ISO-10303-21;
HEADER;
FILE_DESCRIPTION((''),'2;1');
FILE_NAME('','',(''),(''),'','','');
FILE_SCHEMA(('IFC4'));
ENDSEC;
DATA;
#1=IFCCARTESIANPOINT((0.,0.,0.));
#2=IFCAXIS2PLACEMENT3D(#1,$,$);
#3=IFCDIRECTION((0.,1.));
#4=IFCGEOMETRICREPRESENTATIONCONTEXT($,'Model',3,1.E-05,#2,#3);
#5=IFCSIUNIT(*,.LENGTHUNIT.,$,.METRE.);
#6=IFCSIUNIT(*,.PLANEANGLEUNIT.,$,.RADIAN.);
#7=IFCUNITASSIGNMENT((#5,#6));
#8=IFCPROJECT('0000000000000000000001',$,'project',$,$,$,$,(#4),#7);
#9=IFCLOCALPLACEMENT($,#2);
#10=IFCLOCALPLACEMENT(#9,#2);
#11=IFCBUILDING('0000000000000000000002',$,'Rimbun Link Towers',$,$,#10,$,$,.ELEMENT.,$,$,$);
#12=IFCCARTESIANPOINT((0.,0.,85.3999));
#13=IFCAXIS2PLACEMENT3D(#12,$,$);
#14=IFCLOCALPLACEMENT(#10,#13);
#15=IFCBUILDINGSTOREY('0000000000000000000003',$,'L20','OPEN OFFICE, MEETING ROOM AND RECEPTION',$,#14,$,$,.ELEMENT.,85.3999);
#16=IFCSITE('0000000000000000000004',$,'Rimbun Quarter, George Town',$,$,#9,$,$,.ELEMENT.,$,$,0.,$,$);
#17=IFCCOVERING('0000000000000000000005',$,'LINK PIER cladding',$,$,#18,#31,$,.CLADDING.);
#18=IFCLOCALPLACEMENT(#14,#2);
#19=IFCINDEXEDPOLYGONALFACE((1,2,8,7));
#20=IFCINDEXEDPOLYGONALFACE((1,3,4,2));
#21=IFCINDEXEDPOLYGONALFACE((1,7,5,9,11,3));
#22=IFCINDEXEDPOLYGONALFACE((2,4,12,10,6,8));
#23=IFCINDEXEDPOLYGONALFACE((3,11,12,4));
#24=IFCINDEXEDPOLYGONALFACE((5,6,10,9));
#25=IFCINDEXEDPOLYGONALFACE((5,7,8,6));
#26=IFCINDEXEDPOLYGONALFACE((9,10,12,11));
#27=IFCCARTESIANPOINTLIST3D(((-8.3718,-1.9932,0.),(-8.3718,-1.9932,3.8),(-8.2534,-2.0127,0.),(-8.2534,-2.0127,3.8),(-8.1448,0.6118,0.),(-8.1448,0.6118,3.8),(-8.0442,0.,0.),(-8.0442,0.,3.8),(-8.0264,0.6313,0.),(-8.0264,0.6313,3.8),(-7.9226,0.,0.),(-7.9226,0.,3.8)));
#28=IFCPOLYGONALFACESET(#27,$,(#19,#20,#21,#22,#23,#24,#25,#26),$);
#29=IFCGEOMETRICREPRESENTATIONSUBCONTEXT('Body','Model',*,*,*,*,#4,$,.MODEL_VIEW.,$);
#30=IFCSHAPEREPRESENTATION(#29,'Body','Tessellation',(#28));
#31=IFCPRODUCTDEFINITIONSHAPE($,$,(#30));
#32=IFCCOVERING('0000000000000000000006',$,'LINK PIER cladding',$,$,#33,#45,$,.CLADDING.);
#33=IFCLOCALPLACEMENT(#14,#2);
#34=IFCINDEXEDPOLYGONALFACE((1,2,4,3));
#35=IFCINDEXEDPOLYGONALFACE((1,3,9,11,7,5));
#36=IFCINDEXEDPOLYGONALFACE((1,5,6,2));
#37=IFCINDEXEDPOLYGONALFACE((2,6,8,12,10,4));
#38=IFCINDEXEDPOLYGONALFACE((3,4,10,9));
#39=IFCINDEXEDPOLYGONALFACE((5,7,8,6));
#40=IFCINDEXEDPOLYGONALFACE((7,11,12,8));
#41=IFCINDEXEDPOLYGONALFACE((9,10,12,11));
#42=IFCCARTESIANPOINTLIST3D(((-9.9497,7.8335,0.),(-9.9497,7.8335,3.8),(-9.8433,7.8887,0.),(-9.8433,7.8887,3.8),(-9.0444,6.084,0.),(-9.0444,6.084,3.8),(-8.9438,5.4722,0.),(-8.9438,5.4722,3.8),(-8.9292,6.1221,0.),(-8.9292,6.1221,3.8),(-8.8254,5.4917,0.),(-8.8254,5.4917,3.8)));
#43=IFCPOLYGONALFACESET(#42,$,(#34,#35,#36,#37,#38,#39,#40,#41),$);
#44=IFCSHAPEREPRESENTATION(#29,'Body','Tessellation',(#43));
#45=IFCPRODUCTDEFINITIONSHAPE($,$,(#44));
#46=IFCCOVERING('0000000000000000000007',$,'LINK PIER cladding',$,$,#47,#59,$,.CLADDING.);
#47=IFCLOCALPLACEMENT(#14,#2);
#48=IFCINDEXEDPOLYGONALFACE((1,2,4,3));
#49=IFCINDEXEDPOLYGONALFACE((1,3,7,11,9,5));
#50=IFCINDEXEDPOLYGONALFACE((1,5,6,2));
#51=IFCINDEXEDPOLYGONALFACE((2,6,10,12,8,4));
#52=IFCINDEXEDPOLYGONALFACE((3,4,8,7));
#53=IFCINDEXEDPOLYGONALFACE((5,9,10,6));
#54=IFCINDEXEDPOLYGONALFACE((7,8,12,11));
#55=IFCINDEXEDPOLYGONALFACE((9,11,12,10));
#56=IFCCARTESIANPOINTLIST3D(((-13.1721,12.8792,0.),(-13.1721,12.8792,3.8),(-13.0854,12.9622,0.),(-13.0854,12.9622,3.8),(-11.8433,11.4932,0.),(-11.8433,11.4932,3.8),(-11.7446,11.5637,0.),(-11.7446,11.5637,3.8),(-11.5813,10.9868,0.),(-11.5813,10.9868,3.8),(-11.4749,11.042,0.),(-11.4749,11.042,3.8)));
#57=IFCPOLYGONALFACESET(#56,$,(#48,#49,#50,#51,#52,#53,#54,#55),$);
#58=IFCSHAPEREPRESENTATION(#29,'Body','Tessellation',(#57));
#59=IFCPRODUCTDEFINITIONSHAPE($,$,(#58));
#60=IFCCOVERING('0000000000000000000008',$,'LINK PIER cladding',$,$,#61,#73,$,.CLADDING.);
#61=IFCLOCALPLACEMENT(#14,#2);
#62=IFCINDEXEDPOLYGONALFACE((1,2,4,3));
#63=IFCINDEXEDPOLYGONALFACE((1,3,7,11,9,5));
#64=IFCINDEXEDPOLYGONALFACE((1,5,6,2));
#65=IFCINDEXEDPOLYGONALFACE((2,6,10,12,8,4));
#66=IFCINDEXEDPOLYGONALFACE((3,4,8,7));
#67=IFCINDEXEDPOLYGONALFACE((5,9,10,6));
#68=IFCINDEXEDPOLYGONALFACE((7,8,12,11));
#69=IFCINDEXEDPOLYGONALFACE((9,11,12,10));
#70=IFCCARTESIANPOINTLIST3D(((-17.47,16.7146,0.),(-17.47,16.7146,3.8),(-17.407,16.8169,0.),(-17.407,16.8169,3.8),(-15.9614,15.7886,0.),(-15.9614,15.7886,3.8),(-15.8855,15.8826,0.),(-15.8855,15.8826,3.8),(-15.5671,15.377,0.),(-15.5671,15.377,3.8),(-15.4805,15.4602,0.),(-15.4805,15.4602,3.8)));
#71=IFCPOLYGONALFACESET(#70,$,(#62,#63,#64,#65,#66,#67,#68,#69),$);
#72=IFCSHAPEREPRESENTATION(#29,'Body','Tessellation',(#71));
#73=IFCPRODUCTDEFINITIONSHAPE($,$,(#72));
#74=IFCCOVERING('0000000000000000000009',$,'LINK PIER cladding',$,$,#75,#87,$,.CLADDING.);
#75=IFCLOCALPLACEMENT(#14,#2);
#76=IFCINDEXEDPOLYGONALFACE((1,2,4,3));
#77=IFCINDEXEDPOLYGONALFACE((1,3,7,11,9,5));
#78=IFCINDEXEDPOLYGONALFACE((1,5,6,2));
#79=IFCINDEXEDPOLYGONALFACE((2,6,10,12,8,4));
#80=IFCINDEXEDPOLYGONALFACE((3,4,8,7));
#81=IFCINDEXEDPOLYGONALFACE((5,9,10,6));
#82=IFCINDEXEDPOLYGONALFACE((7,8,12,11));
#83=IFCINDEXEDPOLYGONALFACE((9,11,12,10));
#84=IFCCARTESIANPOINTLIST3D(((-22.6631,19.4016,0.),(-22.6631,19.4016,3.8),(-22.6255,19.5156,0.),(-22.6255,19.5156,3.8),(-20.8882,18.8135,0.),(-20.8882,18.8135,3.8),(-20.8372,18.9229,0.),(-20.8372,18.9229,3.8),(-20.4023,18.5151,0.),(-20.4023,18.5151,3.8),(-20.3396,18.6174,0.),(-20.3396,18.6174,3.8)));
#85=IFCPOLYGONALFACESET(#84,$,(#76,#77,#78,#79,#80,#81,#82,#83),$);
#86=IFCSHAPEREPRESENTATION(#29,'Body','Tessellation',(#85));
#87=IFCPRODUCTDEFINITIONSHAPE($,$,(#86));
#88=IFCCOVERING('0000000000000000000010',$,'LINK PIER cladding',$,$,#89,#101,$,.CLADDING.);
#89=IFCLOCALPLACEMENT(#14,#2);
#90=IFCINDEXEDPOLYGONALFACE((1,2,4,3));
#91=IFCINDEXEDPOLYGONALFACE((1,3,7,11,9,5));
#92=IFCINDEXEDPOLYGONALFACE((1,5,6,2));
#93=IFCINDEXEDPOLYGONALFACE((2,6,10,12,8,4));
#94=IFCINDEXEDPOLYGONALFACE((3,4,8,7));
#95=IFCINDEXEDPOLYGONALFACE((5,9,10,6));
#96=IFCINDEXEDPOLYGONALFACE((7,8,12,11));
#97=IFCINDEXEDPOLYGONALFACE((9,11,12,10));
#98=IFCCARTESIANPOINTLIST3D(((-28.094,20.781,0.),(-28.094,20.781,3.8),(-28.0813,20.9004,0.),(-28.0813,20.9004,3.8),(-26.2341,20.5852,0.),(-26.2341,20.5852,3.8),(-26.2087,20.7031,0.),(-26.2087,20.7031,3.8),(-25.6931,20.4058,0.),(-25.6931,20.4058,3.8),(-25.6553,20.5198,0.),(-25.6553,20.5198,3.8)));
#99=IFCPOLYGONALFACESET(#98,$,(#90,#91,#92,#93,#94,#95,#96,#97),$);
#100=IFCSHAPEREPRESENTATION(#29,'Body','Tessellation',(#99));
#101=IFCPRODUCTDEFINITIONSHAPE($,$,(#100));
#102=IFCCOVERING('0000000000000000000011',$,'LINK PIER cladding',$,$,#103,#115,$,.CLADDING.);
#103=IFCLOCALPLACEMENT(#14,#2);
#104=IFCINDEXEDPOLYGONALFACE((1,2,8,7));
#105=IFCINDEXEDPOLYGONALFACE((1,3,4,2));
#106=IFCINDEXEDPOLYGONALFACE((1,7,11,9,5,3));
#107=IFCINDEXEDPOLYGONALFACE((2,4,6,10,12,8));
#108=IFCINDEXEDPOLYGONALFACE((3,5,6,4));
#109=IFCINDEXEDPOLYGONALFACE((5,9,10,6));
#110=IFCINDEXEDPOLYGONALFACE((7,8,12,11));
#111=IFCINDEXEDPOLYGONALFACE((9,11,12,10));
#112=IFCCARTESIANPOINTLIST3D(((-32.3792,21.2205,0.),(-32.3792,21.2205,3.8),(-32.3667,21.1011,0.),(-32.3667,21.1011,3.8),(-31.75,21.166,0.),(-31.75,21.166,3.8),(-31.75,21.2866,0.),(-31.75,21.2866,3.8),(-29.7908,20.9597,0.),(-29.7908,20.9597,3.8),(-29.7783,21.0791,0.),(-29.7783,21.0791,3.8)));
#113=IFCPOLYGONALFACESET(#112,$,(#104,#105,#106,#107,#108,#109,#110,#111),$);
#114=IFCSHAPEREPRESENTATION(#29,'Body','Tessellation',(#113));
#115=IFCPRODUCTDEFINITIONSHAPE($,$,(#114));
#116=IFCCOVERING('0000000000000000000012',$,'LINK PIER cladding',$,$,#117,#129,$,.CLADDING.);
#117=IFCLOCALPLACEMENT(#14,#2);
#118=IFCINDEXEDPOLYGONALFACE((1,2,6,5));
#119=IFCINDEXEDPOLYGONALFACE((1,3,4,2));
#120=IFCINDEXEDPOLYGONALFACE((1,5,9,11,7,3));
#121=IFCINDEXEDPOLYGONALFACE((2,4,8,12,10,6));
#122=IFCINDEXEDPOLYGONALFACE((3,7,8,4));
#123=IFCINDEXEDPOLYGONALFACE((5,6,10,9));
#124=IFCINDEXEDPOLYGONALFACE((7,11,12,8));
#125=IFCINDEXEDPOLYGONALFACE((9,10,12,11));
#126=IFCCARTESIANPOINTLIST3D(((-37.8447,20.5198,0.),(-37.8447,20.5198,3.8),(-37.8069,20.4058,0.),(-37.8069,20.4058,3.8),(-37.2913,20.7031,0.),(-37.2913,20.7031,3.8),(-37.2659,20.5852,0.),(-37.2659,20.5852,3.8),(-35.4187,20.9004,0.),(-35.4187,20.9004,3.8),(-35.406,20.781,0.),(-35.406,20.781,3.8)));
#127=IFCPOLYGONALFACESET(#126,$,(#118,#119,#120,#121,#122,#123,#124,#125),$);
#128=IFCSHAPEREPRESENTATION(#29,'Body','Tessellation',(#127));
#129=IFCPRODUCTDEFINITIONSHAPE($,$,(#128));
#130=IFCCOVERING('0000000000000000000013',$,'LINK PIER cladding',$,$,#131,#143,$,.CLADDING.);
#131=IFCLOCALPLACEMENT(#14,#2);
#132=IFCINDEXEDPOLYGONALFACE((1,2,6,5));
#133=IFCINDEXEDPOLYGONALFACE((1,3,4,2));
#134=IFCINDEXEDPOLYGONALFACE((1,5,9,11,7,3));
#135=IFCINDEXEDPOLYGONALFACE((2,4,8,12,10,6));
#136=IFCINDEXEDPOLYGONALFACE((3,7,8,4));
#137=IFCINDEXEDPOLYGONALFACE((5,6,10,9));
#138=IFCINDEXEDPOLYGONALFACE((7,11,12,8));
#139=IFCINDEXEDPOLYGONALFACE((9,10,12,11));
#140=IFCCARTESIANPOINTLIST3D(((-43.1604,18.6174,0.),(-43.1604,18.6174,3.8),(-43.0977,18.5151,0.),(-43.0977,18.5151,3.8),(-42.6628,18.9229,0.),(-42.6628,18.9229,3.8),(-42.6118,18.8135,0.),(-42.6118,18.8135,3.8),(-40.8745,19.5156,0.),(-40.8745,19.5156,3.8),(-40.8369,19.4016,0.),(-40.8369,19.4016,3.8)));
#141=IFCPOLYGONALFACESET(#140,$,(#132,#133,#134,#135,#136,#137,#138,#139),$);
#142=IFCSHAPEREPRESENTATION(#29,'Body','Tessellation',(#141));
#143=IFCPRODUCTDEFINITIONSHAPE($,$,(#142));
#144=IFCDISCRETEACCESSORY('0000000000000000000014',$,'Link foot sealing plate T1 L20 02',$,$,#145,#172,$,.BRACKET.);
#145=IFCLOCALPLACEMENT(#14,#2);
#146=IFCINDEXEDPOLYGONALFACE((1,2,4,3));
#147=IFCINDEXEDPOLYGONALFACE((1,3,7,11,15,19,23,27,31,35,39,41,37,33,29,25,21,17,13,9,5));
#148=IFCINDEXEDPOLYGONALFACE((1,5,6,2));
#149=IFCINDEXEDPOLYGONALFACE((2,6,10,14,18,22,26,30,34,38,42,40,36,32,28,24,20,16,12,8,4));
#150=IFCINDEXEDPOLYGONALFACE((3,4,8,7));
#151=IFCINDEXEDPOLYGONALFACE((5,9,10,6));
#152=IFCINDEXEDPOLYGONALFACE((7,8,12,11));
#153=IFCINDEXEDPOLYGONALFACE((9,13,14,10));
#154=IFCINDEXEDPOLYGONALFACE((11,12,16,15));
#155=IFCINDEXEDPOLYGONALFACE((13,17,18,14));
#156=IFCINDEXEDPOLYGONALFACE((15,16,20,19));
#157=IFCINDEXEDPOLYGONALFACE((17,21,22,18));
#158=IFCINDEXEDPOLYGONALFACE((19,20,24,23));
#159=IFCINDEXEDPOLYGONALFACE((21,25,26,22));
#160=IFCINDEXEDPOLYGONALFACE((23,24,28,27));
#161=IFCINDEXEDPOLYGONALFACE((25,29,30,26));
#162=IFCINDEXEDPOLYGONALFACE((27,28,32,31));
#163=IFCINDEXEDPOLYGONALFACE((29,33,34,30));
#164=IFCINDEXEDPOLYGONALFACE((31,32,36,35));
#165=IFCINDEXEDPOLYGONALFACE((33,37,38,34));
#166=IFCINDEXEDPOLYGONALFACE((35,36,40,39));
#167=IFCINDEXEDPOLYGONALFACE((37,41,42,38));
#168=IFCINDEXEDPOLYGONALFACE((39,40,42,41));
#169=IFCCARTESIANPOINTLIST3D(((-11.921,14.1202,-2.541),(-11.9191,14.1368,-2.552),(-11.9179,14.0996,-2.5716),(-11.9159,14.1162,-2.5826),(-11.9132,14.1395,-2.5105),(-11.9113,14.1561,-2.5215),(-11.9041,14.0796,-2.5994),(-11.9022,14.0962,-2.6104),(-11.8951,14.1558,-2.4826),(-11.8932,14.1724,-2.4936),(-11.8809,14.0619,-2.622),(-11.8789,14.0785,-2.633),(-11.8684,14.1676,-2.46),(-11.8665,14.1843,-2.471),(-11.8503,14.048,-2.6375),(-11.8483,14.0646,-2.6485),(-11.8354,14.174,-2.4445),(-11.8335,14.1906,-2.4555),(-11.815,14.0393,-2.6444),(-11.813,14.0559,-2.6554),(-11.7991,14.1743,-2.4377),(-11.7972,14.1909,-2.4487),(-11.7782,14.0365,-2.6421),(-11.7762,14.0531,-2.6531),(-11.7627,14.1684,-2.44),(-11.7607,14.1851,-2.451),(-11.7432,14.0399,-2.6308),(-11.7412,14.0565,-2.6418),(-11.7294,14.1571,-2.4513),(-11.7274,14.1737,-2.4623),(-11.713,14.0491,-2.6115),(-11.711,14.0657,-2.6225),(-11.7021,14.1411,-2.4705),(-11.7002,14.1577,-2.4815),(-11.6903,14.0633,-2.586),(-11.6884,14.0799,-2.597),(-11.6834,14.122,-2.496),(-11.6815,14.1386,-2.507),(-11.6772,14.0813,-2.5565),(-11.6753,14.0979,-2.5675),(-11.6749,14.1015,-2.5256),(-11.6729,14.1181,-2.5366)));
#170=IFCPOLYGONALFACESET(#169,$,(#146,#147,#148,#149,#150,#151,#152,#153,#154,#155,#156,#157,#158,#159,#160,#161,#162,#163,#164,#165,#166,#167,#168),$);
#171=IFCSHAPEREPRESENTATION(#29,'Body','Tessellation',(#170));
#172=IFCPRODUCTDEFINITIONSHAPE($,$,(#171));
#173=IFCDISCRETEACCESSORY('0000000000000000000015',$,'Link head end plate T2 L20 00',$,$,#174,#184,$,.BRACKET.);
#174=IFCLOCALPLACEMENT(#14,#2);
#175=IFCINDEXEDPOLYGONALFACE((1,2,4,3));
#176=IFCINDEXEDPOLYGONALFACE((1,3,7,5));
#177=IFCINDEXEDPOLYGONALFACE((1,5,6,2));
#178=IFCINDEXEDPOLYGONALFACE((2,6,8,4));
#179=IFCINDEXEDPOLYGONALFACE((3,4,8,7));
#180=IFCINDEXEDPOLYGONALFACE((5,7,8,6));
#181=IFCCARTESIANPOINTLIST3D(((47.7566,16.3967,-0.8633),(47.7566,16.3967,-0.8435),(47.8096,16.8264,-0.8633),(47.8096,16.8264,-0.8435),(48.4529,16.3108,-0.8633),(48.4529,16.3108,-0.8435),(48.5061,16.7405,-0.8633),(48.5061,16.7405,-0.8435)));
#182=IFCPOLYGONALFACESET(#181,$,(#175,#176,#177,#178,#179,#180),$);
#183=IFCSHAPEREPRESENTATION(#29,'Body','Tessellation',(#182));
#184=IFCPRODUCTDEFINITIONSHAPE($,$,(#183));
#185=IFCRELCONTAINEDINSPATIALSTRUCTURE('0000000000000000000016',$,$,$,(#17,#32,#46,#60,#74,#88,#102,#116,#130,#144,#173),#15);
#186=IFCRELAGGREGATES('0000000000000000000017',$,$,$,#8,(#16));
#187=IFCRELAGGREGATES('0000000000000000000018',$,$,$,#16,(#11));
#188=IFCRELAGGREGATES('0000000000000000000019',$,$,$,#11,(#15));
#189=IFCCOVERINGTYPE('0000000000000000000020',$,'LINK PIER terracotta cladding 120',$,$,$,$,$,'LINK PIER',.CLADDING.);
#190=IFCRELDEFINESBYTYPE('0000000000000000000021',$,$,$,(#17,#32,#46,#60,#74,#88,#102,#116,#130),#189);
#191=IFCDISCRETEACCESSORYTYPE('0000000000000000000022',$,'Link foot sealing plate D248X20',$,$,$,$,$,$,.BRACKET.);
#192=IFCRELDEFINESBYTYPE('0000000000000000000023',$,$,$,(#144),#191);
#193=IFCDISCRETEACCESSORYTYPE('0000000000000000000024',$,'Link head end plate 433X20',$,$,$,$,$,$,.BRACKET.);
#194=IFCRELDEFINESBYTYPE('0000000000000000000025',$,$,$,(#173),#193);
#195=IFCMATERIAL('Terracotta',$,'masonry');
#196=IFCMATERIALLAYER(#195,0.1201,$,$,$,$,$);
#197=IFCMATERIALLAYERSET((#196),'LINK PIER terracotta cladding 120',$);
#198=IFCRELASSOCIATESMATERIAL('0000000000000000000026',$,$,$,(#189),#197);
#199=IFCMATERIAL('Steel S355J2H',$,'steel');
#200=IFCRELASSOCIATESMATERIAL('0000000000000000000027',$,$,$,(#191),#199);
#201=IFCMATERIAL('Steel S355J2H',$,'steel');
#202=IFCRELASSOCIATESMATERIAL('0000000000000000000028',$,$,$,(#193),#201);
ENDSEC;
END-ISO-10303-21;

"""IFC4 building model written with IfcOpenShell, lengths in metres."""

from ifc_helpers import new_model, si_unit, direction, frame, origin, origin_2d, place, context, subcontext, project, spatial, polyline, rectangle, circle, outline, extrude, material, layer, layer_set, material_profile, profile_set, type_object, element, save


model = new_model("IFC4")

# Units and contexts
model_context = context("Model", 3, precision=1e-05, world=origin(), true_north=direction((0.0, 1.0)))
body_context = subcontext(model_context, "Body", "Model", "MODEL_VIEW")
ifc_project = project(units=[si_unit("LENGTHUNIT", "METRE"), si_unit("PLANEANGLEUNIT", "RADIAN")], contexts=[model_context])

# Site, building, storey
site_placement = place(None, origin())
site = spatial("IfcSite", under=ifc_project, at=site_placement, Name="Rimbun Quarter, George Town", CompositionType="ELEMENT", RefElevation=0.0)
building_placement = place(site_placement, origin())
building = spatial("IfcBuilding", under=site, at=building_placement, Name="Rimbun Link Towers", CompositionType="ELEMENT")
storey_placement = place(building_placement, frame((0.0, 0.0, 85.3999)))
storey = spatial("IfcBuildingStorey", under=building, at=storey_placement, Name="L20", Description="OPEN OFFICE, MEETING ROOM AND RECEPTION", CompositionType="ELEMENT", Elevation=85.3999)

# Coverings
ifc_material_1 = material(Name="Terracotta", Category="masonry")
ifc_layer_1 = layer(ifc_material_1, 0.1201)
ifc_layer_set_1 = layer_set([ifc_layer_1], Name="LINK PIER terracotta cladding 120")
covering_type_1 = type_object("IfcCoveringType", Name="LINK PIER terracotta cladding 120", ElementType="LINK PIER", PredefinedType="CLADDING", material=ifc_layer_set_1)
covering_1_placement = place(storey_placement, origin())
element("IfcCovering", 1, at=covering_1_placement, inside=storey, type_object=covering_type_1, Name="LINK PIER cladding", PredefinedType="CLADDING", context=body_context, shape_type="SweptSolid", body=[
    extrude(outline(polyline([(-8.1448, 0.6118), (-8.0442, 0.0), (-8.3718, -1.9932), (-8.2534, -2.0127), (-7.9226, 0.0), (-8.0264, 0.6313), (-8.1448, 0.6118)])), origin(), (0.0, 0.0, 1.0), 3.8),
])
covering_2_placement = place(storey_placement, origin())
element("IfcCovering", 2, at=covering_2_placement, inside=storey, type_object=covering_type_1, Name="LINK PIER cladding", PredefinedType="CLADDING", context=body_context, shape_type="SweptSolid", body=[
    extrude(outline(polyline([(-9.9497, 7.8335), (-9.0444, 6.084), (-8.9438, 5.4722), (-8.8254, 5.4917), (-8.9292, 6.1221), (-9.8433, 7.8887), (-9.9497, 7.8335)])), origin(), (0.0, 0.0, 1.0), 3.8),
])
covering_3_placement = place(storey_placement, origin())
element("IfcCovering", 3, at=covering_3_placement, inside=storey, type_object=covering_type_1, Name="LINK PIER cladding", PredefinedType="CLADDING", context=body_context, shape_type="SweptSolid", body=[
    extrude(outline(polyline([(-13.1721, 12.8792), (-11.8433, 11.4932), (-11.5813, 10.9868), (-11.4749, 11.042), (-11.7446, 11.5637), (-13.0854, 12.9622), (-13.1721, 12.8792)])), origin(), (0.0, 0.0, 1.0), 3.8),
])
covering_4_placement = place(storey_placement, origin())
element("IfcCovering", 4, at=covering_4_placement, inside=storey, type_object=covering_type_1, Name="LINK PIER cladding", PredefinedType="CLADDING", context=body_context, shape_type="SweptSolid", body=[
    extrude(outline(polyline([(-17.47, 16.7146), (-15.9614, 15.7886), (-15.5671, 15.377), (-15.4805, 15.4602), (-15.8855, 15.8826), (-17.407, 16.8169), (-17.47, 16.7146)])), origin(), (0.0, 0.0, 1.0), 3.8),
])
covering_5_placement = place(storey_placement, origin())
element("IfcCovering", 5, at=covering_5_placement, inside=storey, type_object=covering_type_1, Name="LINK PIER cladding", PredefinedType="CLADDING", context=body_context, shape_type="SweptSolid", body=[
    extrude(outline(polyline([(-22.6631, 19.4016), (-20.8882, 18.8135), (-20.4023, 18.5151), (-20.3396, 18.6174), (-20.8372, 18.9229), (-22.6255, 19.5156), (-22.6631, 19.4016)])), origin(), (0.0, 0.0, 1.0), 3.8),
])
covering_6_placement = place(storey_placement, origin())
element("IfcCovering", 6, at=covering_6_placement, inside=storey, type_object=covering_type_1, Name="LINK PIER cladding", PredefinedType="CLADDING", context=body_context, shape_type="SweptSolid", body=[
    extrude(outline(polyline([(-28.094, 20.781), (-26.2341, 20.5852), (-25.6931, 20.4058), (-25.6553, 20.5198), (-26.2087, 20.7031), (-28.0813, 20.9004), (-28.094, 20.781)])), origin(), (0.0, 0.0, 1.0), 3.8),
])
covering_7_placement = place(storey_placement, origin())
element("IfcCovering", 7, at=covering_7_placement, inside=storey, type_object=covering_type_1, Name="LINK PIER cladding", PredefinedType="CLADDING", context=body_context, shape_type="SweptSolid", body=[
    extrude(outline(polyline([(-32.3667, 21.1011), (-31.75, 21.166), (-29.7908, 20.9597), (-29.7783, 21.0791), (-31.75, 21.2866), (-32.3792, 21.2205), (-32.3667, 21.1011)])), origin(), (0.0, 0.0, 1.0), 3.8),
])
covering_8_placement = place(storey_placement, origin())
element("IfcCovering", 8, at=covering_8_placement, inside=storey, type_object=covering_type_1, Name="LINK PIER cladding", PredefinedType="CLADDING", context=body_context, shape_type="SweptSolid", body=[
    extrude(outline(polyline([(-37.8069, 20.4058), (-37.2659, 20.5852), (-35.406, 20.781), (-35.4187, 20.9004), (-37.2913, 20.7031), (-37.8447, 20.5198), (-37.8069, 20.4058)])), origin(), (0.0, 0.0, 1.0), 3.8),
])
covering_9_placement = place(storey_placement, origin())
element("IfcCovering", 9, at=covering_9_placement, inside=storey, type_object=covering_type_1, Name="LINK PIER cladding", PredefinedType="CLADDING", context=body_context, shape_type="SweptSolid", body=[
    extrude(outline(polyline([(-43.0977, 18.5151), (-42.6118, 18.8135), (-40.8369, 19.4016), (-40.8745, 19.5156), (-42.6628, 18.9229), (-43.1604, 18.6174), (-43.0977, 18.5151)])), origin(), (0.0, 0.0, 1.0), 3.8),
])

# Discrete accessories
ifc_material_2 = material(Name="Steel S355J2H", Category="steel")
ifc_material_profile_1 = material_profile(ifc_material_2, circle(Radius=0.124, at=origin_2d()), Name="PL D248")
ifc_profile_set_1 = profile_set([ifc_material_profile_1], Name="Steel S355J2H")
discrete_accessory_type_1 = type_object("IfcDiscreteAccessoryType", Name="Link foot sealing plate D248X20", PredefinedType="BRACKET", material=ifc_profile_set_1)
discrete_accessory_1_placement = place(storey_placement, frame((-11.7979, 14.1057, -2.541), z_axis=(0.097641, 0.829947, -0.54923), x_axis=(-0.993151, 0.116841, 0.0)))
element("IfcDiscreteAccessory", 10, at=discrete_accessory_1_placement, inside=storey, type_object=discrete_accessory_type_1, Name="Link foot sealing plate T1 L20 02", PredefinedType="BRACKET", context=body_context, shape_type="SweptSolid", body=[
    extrude(circle(Radius=0.124, at=origin_2d()), origin(), (0.0, 0.0, 1.0), 0.02),
])
ifc_material_3 = material(Name="Steel S355J2H", Category="steel")
ifc_material_profile_2 = material_profile(ifc_material_3, rectangle(XDim=0.4331, YDim=0.4331, at=origin_2d()), Name="PL 433x433")
ifc_profile_set_2 = profile_set([ifc_material_profile_2], Name="Steel S355J2H")
discrete_accessory_type_2 = type_object("IfcDiscreteAccessoryType", Name="Link head end plate 433X20", PredefinedType="BRACKET", material=ifc_profile_set_2)
discrete_accessory_2_placement = place(storey_placement, frame((0.0, 0.0, -0.8633)))
element("IfcDiscreteAccessory", 11, at=discrete_accessory_2_placement, inside=storey, type_object=discrete_accessory_type_2, Name="Link head end plate T2 L20 00", PredefinedType="BRACKET", context=body_context, shape_type="SweptSolid", body=[
    extrude(outline(polyline([(47.7566, 16.3967), (48.4529, 16.3108), (48.5061, 16.7405), (47.8096, 16.8264), (47.7566, 16.3967)])), origin(), (0.0, 0.0, 1.0), 0.0198),
])

save(model, "model.ifc")
